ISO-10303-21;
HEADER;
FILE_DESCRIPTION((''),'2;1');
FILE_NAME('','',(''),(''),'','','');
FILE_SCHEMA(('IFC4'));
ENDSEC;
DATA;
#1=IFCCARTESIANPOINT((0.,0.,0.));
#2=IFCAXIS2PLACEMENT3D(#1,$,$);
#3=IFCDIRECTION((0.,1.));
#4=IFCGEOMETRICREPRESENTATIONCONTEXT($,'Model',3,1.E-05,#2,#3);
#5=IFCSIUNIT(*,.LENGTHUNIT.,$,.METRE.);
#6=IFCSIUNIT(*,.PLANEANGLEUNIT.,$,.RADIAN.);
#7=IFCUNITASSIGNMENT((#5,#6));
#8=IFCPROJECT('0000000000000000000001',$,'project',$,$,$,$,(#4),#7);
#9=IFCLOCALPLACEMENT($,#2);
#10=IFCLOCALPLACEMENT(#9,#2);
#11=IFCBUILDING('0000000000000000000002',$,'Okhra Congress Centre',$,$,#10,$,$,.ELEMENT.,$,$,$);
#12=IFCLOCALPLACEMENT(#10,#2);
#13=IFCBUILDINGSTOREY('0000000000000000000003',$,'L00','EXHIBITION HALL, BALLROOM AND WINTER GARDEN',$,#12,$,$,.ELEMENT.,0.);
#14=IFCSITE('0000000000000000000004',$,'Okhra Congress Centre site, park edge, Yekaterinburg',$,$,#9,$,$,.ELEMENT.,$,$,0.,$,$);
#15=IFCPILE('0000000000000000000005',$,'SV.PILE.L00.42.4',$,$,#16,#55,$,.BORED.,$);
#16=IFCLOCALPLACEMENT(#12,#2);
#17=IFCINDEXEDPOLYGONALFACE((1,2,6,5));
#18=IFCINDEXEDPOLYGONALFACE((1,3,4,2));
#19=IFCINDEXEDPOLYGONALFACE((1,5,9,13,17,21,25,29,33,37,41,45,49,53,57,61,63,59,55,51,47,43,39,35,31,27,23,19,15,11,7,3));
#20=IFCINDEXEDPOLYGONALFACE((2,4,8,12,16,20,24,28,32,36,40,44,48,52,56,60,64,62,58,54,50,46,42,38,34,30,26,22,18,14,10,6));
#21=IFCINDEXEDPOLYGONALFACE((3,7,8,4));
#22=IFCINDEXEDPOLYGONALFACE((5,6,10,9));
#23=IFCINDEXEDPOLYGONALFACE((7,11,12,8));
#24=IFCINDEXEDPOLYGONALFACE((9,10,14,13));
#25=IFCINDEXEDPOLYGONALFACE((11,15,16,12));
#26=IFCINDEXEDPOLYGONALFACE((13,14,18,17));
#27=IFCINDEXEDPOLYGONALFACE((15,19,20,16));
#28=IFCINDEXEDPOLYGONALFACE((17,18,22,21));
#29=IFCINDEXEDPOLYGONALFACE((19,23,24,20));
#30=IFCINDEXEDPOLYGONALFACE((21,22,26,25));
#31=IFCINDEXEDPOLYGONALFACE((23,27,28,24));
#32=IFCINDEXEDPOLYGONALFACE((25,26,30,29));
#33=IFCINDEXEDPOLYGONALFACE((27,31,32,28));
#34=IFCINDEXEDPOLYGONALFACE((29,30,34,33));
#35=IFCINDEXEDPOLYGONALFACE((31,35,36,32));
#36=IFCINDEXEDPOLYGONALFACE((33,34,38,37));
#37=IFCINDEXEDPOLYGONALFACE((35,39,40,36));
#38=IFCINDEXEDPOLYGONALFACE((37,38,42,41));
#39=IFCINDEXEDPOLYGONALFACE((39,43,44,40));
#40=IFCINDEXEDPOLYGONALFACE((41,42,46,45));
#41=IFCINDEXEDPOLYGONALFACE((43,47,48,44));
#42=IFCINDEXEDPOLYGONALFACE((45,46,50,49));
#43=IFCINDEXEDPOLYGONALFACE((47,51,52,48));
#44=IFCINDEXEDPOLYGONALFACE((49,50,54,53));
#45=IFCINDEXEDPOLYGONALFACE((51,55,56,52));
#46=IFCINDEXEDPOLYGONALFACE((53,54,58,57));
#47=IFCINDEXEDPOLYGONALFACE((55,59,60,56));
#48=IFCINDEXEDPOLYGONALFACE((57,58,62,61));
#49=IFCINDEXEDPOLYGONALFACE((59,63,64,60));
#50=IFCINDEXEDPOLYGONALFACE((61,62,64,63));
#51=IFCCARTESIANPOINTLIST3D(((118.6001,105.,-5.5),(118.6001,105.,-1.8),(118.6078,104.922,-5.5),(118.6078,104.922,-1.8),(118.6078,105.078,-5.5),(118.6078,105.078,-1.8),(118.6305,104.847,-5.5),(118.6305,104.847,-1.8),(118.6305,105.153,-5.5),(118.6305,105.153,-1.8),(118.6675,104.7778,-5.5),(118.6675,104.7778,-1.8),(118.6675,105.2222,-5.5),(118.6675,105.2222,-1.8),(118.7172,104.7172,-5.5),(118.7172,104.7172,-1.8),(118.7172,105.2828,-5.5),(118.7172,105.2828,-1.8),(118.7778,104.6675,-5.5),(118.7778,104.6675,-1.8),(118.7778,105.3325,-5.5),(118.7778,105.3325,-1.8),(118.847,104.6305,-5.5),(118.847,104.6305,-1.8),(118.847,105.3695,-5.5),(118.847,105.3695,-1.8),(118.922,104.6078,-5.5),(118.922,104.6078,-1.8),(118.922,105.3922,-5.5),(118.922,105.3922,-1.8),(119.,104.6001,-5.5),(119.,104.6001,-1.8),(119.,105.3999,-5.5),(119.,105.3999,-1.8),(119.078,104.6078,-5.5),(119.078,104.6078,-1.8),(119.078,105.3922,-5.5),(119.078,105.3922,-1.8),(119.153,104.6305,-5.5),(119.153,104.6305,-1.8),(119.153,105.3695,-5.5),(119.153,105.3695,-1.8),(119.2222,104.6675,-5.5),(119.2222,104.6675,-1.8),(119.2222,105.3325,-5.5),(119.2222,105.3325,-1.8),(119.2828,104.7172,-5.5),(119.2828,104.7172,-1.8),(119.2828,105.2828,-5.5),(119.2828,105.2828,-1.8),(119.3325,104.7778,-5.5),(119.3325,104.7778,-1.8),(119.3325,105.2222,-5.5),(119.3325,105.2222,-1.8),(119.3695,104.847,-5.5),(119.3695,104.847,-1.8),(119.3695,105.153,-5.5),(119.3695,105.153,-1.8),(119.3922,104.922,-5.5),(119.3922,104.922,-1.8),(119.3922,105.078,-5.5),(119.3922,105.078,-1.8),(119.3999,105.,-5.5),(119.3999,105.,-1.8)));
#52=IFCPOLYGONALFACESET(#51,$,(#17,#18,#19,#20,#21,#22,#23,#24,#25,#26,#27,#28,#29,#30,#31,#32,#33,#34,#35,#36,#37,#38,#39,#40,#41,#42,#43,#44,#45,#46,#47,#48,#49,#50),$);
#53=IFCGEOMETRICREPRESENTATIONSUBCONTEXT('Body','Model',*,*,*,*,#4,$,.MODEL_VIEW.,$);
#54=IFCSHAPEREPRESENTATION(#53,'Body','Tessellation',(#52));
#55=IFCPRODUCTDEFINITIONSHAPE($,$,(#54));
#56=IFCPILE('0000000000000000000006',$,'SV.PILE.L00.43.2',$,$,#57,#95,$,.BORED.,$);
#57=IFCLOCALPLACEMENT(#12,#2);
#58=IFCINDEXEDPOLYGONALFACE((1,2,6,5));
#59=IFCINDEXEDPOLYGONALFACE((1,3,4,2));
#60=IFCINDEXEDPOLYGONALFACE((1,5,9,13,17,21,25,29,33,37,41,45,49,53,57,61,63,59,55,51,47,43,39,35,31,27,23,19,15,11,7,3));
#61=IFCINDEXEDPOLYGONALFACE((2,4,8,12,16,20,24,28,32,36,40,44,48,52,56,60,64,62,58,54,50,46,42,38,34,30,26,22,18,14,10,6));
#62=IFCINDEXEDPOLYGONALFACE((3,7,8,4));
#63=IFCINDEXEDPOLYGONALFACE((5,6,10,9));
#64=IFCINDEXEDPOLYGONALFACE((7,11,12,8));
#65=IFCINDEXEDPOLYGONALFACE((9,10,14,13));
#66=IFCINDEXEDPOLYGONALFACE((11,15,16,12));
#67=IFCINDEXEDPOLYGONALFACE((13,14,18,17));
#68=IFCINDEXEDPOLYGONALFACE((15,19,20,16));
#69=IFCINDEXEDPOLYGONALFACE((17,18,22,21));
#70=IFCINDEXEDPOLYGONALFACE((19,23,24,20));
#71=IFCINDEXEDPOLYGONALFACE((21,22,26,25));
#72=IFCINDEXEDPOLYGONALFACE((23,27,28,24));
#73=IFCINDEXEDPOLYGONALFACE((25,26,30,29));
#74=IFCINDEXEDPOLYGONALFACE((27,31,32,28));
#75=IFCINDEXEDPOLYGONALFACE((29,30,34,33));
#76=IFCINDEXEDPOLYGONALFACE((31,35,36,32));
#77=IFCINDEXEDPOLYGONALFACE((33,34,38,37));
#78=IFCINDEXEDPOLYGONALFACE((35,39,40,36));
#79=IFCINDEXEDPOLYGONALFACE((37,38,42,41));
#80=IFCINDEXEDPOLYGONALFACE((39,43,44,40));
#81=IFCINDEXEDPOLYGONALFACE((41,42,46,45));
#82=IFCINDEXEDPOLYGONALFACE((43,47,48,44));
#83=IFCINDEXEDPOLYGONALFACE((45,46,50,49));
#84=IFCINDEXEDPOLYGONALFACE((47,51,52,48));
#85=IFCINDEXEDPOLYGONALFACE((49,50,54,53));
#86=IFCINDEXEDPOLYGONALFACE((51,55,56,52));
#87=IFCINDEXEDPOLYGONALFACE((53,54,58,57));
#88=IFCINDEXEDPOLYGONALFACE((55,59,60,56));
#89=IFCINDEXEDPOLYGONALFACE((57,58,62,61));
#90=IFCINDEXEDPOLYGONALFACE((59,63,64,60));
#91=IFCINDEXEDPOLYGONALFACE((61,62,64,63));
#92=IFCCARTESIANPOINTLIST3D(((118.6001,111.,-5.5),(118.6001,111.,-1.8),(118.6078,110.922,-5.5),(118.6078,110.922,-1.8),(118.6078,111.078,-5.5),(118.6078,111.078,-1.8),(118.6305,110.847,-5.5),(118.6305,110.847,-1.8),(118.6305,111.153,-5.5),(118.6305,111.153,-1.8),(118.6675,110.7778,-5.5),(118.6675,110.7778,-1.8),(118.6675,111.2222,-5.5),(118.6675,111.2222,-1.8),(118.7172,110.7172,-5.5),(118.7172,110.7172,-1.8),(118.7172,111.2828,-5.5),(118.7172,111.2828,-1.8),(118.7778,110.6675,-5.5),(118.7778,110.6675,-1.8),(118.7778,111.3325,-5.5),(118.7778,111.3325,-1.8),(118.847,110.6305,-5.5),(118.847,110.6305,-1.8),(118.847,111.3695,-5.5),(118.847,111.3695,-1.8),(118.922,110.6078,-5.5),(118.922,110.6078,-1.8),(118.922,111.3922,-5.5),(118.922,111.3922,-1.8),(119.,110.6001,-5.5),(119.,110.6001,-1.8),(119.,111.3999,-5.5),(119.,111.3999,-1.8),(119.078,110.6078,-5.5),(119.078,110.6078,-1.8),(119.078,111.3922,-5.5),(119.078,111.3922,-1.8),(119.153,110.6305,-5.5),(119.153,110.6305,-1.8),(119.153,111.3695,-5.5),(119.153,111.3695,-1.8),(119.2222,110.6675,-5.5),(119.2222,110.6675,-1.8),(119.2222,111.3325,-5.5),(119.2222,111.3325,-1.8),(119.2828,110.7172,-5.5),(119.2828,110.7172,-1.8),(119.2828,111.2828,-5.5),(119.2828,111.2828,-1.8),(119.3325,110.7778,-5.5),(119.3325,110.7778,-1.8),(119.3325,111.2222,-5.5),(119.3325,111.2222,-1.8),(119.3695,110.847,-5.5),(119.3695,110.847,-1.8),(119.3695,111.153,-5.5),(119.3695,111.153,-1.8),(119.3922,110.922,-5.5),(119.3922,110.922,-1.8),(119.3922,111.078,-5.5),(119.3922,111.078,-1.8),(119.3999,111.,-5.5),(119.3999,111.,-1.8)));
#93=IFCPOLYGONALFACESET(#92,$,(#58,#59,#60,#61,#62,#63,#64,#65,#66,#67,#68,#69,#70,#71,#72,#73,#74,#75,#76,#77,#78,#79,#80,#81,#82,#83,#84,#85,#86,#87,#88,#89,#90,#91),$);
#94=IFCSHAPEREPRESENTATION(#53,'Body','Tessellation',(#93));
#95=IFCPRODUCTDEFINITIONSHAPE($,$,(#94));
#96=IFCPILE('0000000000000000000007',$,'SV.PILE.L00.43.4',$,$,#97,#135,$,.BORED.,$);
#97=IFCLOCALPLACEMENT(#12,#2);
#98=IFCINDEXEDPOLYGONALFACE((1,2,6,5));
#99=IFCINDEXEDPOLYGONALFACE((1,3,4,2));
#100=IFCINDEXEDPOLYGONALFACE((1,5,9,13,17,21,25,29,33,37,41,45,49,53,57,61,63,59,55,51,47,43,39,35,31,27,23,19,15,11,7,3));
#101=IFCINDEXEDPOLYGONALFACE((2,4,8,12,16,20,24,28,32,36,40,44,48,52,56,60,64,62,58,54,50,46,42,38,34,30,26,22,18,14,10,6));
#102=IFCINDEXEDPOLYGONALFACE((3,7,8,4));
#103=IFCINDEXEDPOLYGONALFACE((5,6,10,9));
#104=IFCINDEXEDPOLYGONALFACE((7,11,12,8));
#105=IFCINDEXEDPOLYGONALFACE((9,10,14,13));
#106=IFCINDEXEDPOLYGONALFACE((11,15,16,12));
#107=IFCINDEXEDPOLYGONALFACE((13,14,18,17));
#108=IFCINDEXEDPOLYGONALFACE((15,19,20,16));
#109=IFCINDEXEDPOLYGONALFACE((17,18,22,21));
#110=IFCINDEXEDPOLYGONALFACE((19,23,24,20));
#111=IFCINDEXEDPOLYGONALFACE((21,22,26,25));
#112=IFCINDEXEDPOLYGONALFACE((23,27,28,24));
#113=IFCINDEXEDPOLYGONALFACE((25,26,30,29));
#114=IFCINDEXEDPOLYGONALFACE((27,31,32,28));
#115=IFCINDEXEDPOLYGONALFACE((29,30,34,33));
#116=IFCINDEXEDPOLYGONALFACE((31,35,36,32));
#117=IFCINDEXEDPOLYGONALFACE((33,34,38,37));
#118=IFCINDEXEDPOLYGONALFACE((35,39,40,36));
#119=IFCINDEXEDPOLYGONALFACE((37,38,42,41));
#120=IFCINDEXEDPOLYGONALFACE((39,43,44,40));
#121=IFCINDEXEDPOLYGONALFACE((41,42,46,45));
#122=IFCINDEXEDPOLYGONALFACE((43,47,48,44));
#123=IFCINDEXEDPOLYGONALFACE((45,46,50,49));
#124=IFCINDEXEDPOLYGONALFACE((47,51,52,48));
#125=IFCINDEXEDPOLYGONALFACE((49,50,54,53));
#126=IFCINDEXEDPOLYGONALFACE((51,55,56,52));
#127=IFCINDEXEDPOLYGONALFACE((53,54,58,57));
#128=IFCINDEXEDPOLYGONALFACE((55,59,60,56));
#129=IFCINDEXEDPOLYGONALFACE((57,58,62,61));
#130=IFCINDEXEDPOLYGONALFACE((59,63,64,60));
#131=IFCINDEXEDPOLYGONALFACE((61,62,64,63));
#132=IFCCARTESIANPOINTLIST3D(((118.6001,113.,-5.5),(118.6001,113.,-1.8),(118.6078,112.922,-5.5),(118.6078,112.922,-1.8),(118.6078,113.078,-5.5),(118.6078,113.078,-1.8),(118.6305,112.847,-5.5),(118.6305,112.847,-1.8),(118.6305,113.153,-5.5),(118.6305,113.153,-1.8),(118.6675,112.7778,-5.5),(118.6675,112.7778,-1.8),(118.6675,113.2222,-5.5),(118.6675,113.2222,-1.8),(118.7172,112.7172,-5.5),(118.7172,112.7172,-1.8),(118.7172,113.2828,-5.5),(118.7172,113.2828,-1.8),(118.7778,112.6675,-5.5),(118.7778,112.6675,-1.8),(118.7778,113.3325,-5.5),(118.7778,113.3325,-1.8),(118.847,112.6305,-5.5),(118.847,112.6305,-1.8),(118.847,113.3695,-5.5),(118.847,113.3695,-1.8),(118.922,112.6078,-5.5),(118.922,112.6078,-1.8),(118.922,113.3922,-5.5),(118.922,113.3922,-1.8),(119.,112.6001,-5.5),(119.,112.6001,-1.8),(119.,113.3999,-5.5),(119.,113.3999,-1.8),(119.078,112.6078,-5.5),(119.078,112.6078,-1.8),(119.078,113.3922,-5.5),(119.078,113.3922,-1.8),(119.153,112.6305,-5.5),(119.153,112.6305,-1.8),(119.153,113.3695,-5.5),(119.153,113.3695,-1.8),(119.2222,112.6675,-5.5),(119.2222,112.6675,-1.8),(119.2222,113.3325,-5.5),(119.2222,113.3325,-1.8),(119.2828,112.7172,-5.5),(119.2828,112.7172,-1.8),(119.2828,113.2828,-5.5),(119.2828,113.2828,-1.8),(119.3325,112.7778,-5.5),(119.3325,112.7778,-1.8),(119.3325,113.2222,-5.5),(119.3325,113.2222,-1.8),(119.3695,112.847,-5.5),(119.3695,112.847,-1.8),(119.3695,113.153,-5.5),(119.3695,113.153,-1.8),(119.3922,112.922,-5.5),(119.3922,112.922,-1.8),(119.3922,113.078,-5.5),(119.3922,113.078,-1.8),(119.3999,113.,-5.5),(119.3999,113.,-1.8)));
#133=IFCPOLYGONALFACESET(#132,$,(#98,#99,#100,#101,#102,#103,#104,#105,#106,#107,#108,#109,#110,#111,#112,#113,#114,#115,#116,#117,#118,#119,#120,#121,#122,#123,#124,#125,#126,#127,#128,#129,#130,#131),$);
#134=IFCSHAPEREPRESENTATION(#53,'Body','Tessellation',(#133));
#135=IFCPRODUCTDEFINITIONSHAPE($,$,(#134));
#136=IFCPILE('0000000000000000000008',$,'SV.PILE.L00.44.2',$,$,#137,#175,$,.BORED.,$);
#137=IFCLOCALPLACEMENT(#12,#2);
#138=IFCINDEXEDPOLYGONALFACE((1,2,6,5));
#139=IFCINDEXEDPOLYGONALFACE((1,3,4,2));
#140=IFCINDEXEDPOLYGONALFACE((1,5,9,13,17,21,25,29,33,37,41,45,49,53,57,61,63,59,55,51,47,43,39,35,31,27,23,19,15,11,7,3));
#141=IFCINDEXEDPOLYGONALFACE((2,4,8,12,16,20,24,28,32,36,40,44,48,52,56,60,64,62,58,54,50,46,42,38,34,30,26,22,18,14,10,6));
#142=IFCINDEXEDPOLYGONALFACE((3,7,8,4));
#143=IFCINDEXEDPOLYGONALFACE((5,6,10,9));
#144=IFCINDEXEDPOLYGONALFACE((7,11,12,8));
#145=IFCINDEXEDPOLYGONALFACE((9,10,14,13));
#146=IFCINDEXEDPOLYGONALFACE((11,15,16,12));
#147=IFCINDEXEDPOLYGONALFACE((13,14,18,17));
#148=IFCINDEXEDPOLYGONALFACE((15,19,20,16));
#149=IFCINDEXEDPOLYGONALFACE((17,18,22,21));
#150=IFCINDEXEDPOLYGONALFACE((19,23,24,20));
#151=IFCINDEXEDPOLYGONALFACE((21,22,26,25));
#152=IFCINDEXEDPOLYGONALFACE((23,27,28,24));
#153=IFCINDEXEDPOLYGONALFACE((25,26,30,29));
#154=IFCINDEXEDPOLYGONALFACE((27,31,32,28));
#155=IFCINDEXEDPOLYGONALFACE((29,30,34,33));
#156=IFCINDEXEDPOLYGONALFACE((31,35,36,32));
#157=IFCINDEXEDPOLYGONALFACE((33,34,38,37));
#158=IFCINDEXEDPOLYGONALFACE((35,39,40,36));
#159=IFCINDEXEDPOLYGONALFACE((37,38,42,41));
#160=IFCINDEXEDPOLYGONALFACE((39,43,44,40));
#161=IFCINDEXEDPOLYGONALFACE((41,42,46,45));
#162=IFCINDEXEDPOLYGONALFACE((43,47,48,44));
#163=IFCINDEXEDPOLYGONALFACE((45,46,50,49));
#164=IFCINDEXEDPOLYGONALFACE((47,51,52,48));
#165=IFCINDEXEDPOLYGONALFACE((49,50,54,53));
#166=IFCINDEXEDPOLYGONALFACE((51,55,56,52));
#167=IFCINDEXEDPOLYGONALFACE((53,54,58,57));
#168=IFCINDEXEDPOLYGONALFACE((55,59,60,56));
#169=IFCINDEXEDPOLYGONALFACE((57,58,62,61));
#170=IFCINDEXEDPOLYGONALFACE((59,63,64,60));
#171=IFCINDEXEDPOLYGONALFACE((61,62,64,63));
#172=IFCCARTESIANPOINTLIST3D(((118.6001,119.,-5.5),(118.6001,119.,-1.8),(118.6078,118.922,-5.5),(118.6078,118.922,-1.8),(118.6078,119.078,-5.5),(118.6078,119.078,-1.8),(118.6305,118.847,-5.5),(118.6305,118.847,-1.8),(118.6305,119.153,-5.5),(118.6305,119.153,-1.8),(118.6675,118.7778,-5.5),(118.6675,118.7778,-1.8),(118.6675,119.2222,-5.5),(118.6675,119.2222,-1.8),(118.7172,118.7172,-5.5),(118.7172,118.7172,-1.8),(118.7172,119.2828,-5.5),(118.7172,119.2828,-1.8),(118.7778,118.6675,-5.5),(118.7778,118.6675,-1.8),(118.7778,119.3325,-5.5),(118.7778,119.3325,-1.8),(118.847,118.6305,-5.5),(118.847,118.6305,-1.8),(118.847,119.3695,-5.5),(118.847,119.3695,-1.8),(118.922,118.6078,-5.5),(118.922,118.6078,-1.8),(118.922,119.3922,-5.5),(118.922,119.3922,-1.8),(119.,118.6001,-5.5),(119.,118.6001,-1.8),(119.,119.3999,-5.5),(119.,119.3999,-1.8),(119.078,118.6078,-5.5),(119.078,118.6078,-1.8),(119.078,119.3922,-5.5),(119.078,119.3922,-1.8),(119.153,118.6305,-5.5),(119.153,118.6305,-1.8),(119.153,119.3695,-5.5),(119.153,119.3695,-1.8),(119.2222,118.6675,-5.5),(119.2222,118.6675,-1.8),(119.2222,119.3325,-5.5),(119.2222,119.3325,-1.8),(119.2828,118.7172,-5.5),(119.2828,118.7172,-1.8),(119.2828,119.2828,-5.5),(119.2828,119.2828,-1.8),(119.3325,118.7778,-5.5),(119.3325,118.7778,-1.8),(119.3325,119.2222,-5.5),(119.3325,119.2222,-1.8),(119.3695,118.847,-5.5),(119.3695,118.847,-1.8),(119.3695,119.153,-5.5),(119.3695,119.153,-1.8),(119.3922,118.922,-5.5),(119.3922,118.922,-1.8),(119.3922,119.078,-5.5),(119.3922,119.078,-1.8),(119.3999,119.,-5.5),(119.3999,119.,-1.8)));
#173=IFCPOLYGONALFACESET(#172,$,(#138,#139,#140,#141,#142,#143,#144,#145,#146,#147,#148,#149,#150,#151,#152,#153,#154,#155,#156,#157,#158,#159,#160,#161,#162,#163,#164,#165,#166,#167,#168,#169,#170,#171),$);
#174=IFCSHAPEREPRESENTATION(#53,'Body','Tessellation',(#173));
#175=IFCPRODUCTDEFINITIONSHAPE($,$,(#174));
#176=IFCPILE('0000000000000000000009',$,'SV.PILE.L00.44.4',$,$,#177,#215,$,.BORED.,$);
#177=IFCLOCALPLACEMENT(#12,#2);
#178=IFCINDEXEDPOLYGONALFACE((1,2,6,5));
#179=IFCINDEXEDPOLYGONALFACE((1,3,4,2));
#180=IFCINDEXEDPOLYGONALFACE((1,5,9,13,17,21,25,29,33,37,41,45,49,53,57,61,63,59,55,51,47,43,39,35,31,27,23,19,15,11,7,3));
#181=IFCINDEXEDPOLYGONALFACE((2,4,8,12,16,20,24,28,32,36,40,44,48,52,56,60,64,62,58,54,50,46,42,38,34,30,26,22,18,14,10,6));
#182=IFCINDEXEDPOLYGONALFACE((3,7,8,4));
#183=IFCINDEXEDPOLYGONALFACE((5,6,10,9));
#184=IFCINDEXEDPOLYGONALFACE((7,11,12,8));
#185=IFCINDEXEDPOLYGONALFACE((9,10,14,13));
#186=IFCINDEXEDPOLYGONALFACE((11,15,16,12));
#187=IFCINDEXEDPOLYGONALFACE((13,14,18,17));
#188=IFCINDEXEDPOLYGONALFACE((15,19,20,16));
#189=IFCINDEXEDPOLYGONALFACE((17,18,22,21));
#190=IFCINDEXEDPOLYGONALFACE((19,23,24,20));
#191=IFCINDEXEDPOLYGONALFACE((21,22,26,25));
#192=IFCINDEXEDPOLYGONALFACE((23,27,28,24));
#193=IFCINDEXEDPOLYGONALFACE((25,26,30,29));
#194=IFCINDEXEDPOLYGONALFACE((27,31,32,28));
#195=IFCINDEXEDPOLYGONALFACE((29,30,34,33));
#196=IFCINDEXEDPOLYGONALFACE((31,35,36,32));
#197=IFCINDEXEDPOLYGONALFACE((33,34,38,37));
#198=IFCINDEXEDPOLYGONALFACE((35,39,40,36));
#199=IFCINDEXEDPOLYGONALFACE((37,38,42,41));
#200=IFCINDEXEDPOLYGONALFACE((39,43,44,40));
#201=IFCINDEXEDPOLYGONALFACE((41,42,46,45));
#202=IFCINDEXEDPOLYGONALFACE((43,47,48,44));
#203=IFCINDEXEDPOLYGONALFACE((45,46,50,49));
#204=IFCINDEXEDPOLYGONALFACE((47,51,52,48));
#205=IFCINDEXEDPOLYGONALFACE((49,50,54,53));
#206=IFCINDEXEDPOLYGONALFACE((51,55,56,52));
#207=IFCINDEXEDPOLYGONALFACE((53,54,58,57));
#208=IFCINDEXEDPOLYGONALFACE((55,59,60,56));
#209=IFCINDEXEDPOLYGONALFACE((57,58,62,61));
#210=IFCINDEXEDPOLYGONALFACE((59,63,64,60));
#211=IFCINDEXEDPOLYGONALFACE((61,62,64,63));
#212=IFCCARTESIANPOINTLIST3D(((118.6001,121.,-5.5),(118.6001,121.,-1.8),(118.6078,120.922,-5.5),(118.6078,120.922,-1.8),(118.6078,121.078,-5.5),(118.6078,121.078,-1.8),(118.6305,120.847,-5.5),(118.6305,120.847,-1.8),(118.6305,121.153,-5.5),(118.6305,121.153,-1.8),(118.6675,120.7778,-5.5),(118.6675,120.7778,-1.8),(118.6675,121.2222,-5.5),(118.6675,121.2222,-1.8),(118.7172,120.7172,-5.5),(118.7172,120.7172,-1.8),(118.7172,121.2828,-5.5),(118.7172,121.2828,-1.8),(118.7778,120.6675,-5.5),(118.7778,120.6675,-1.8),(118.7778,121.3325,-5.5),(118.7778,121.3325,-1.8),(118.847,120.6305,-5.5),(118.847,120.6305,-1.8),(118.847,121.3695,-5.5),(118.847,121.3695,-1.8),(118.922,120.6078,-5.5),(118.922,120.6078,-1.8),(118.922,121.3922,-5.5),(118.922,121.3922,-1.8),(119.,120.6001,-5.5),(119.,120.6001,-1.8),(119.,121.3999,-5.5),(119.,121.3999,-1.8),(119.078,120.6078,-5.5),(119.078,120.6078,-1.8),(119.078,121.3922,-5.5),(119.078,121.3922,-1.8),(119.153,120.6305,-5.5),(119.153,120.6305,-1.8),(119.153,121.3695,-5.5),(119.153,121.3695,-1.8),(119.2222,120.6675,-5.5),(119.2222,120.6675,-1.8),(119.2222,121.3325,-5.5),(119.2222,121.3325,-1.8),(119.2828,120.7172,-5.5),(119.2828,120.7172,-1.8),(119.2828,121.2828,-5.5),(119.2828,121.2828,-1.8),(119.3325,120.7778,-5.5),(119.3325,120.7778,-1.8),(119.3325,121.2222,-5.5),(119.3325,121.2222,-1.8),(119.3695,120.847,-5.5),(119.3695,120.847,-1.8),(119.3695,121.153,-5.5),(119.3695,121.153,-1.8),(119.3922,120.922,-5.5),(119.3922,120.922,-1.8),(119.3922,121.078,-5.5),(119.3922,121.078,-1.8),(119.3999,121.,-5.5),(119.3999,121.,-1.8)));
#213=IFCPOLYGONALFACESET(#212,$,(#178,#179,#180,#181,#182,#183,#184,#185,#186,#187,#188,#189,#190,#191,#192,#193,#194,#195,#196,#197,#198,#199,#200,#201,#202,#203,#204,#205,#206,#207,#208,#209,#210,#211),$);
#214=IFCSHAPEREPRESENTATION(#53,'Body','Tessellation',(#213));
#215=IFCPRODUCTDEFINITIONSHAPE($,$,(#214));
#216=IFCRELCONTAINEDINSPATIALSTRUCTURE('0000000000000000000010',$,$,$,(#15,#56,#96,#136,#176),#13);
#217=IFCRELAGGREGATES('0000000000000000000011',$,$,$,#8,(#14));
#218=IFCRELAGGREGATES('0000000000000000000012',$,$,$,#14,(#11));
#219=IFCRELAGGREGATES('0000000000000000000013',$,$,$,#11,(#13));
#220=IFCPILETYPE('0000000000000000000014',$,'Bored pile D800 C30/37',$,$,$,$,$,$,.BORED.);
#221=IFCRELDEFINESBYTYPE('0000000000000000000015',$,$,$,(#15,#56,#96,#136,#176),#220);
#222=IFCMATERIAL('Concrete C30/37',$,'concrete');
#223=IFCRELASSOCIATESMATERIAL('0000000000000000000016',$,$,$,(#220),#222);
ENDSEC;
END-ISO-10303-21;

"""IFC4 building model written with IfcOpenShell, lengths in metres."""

from ifc_helpers import new_model, si_unit, direction, frame, origin, origin_2d, place, context, subcontext, project, spatial, circle, extrude, material, material_profile, profile_set, type_object, element, save


model = new_model("IFC4")

# Units and contexts
model_context = context("Model", 3, precision=1e-05, world=origin(), true_north=direction((0.0, 1.0)))
body_context = subcontext(model_context, "Body", "Model", "MODEL_VIEW")
ifc_project = project(units=[si_unit("LENGTHUNIT", "METRE"), si_unit("PLANEANGLEUNIT", "RADIAN")], contexts=[model_context])

# Site, building, storey
site_placement = place(None, origin())
site = spatial("IfcSite", under=ifc_project, at=site_placement, Name="Okhra Congress Centre site, park edge, Yekaterinburg", CompositionType="ELEMENT", RefElevation=0.0)
building_placement = place(site_placement, origin())
building = spatial("IfcBuilding", under=site, at=building_placement, Name="Okhra Congress Centre", CompositionType="ELEMENT")
storey_placement = place(building_placement, origin())
storey = spatial("IfcBuildingStorey", under=building, at=storey_placement, Name="L00", Description="EXHIBITION HALL, BALLROOM AND WINTER GARDEN", CompositionType="ELEMENT", Elevation=0.0)

# Piles
ifc_material_1 = material(Name="Concrete C30/37", Category="concrete")
ifc_material_profile_1 = material_profile(ifc_material_1, circle(Radius=0.3999, at=origin_2d()), Name="D800")
ifc_profile_set_1 = profile_set([ifc_material_profile_1], Name="Concrete C30/37")
pile_type_1 = type_object("IfcPileType", Name="Bored pile D800 C30/37", PredefinedType="BORED", material=ifc_profile_set_1)
for number, where, z_axis, x_axis, name in (
    (1, (119.0, 105.0, -1.8), (0.0, 0.0, -1.0), (1.0, 0.0, 0.0), "SV.PILE.L00.42.4"),
    (2, (119.0, 111.0, -1.8), (0.0, 0.0, -1.0), (1.0, 0.0, 0.0), "SV.PILE.L00.43.2"),
    (3, (119.0, 113.0, -1.8), (0.0, 0.0, -1.0), (1.0, 0.0, 0.0), "SV.PILE.L00.43.4"),
    (4, (119.0, 119.0, -1.8), (0.0, 0.0, -1.0), (1.0, 0.0, 0.0), "SV.PILE.L00.44.2"),
    (5, (119.0, 121.0, -1.8), (0.0, 0.0, -1.0), (1.0, 0.0, 0.0), "SV.PILE.L00.44.4"),
):
    element("IfcPile", number, at=place(storey_placement, frame(where, z_axis=z_axis, x_axis=x_axis)), inside=storey, type_object=pile_type_1, Name=name, PredefinedType="BORED", context=body_context, shape_type="SweptSolid", body=[
        extrude(circle(Radius=0.3999, at=origin_2d()), origin(), (0.0, 0.0, 1.0), 3.7),
    ])

save(model, "model.ifc")
